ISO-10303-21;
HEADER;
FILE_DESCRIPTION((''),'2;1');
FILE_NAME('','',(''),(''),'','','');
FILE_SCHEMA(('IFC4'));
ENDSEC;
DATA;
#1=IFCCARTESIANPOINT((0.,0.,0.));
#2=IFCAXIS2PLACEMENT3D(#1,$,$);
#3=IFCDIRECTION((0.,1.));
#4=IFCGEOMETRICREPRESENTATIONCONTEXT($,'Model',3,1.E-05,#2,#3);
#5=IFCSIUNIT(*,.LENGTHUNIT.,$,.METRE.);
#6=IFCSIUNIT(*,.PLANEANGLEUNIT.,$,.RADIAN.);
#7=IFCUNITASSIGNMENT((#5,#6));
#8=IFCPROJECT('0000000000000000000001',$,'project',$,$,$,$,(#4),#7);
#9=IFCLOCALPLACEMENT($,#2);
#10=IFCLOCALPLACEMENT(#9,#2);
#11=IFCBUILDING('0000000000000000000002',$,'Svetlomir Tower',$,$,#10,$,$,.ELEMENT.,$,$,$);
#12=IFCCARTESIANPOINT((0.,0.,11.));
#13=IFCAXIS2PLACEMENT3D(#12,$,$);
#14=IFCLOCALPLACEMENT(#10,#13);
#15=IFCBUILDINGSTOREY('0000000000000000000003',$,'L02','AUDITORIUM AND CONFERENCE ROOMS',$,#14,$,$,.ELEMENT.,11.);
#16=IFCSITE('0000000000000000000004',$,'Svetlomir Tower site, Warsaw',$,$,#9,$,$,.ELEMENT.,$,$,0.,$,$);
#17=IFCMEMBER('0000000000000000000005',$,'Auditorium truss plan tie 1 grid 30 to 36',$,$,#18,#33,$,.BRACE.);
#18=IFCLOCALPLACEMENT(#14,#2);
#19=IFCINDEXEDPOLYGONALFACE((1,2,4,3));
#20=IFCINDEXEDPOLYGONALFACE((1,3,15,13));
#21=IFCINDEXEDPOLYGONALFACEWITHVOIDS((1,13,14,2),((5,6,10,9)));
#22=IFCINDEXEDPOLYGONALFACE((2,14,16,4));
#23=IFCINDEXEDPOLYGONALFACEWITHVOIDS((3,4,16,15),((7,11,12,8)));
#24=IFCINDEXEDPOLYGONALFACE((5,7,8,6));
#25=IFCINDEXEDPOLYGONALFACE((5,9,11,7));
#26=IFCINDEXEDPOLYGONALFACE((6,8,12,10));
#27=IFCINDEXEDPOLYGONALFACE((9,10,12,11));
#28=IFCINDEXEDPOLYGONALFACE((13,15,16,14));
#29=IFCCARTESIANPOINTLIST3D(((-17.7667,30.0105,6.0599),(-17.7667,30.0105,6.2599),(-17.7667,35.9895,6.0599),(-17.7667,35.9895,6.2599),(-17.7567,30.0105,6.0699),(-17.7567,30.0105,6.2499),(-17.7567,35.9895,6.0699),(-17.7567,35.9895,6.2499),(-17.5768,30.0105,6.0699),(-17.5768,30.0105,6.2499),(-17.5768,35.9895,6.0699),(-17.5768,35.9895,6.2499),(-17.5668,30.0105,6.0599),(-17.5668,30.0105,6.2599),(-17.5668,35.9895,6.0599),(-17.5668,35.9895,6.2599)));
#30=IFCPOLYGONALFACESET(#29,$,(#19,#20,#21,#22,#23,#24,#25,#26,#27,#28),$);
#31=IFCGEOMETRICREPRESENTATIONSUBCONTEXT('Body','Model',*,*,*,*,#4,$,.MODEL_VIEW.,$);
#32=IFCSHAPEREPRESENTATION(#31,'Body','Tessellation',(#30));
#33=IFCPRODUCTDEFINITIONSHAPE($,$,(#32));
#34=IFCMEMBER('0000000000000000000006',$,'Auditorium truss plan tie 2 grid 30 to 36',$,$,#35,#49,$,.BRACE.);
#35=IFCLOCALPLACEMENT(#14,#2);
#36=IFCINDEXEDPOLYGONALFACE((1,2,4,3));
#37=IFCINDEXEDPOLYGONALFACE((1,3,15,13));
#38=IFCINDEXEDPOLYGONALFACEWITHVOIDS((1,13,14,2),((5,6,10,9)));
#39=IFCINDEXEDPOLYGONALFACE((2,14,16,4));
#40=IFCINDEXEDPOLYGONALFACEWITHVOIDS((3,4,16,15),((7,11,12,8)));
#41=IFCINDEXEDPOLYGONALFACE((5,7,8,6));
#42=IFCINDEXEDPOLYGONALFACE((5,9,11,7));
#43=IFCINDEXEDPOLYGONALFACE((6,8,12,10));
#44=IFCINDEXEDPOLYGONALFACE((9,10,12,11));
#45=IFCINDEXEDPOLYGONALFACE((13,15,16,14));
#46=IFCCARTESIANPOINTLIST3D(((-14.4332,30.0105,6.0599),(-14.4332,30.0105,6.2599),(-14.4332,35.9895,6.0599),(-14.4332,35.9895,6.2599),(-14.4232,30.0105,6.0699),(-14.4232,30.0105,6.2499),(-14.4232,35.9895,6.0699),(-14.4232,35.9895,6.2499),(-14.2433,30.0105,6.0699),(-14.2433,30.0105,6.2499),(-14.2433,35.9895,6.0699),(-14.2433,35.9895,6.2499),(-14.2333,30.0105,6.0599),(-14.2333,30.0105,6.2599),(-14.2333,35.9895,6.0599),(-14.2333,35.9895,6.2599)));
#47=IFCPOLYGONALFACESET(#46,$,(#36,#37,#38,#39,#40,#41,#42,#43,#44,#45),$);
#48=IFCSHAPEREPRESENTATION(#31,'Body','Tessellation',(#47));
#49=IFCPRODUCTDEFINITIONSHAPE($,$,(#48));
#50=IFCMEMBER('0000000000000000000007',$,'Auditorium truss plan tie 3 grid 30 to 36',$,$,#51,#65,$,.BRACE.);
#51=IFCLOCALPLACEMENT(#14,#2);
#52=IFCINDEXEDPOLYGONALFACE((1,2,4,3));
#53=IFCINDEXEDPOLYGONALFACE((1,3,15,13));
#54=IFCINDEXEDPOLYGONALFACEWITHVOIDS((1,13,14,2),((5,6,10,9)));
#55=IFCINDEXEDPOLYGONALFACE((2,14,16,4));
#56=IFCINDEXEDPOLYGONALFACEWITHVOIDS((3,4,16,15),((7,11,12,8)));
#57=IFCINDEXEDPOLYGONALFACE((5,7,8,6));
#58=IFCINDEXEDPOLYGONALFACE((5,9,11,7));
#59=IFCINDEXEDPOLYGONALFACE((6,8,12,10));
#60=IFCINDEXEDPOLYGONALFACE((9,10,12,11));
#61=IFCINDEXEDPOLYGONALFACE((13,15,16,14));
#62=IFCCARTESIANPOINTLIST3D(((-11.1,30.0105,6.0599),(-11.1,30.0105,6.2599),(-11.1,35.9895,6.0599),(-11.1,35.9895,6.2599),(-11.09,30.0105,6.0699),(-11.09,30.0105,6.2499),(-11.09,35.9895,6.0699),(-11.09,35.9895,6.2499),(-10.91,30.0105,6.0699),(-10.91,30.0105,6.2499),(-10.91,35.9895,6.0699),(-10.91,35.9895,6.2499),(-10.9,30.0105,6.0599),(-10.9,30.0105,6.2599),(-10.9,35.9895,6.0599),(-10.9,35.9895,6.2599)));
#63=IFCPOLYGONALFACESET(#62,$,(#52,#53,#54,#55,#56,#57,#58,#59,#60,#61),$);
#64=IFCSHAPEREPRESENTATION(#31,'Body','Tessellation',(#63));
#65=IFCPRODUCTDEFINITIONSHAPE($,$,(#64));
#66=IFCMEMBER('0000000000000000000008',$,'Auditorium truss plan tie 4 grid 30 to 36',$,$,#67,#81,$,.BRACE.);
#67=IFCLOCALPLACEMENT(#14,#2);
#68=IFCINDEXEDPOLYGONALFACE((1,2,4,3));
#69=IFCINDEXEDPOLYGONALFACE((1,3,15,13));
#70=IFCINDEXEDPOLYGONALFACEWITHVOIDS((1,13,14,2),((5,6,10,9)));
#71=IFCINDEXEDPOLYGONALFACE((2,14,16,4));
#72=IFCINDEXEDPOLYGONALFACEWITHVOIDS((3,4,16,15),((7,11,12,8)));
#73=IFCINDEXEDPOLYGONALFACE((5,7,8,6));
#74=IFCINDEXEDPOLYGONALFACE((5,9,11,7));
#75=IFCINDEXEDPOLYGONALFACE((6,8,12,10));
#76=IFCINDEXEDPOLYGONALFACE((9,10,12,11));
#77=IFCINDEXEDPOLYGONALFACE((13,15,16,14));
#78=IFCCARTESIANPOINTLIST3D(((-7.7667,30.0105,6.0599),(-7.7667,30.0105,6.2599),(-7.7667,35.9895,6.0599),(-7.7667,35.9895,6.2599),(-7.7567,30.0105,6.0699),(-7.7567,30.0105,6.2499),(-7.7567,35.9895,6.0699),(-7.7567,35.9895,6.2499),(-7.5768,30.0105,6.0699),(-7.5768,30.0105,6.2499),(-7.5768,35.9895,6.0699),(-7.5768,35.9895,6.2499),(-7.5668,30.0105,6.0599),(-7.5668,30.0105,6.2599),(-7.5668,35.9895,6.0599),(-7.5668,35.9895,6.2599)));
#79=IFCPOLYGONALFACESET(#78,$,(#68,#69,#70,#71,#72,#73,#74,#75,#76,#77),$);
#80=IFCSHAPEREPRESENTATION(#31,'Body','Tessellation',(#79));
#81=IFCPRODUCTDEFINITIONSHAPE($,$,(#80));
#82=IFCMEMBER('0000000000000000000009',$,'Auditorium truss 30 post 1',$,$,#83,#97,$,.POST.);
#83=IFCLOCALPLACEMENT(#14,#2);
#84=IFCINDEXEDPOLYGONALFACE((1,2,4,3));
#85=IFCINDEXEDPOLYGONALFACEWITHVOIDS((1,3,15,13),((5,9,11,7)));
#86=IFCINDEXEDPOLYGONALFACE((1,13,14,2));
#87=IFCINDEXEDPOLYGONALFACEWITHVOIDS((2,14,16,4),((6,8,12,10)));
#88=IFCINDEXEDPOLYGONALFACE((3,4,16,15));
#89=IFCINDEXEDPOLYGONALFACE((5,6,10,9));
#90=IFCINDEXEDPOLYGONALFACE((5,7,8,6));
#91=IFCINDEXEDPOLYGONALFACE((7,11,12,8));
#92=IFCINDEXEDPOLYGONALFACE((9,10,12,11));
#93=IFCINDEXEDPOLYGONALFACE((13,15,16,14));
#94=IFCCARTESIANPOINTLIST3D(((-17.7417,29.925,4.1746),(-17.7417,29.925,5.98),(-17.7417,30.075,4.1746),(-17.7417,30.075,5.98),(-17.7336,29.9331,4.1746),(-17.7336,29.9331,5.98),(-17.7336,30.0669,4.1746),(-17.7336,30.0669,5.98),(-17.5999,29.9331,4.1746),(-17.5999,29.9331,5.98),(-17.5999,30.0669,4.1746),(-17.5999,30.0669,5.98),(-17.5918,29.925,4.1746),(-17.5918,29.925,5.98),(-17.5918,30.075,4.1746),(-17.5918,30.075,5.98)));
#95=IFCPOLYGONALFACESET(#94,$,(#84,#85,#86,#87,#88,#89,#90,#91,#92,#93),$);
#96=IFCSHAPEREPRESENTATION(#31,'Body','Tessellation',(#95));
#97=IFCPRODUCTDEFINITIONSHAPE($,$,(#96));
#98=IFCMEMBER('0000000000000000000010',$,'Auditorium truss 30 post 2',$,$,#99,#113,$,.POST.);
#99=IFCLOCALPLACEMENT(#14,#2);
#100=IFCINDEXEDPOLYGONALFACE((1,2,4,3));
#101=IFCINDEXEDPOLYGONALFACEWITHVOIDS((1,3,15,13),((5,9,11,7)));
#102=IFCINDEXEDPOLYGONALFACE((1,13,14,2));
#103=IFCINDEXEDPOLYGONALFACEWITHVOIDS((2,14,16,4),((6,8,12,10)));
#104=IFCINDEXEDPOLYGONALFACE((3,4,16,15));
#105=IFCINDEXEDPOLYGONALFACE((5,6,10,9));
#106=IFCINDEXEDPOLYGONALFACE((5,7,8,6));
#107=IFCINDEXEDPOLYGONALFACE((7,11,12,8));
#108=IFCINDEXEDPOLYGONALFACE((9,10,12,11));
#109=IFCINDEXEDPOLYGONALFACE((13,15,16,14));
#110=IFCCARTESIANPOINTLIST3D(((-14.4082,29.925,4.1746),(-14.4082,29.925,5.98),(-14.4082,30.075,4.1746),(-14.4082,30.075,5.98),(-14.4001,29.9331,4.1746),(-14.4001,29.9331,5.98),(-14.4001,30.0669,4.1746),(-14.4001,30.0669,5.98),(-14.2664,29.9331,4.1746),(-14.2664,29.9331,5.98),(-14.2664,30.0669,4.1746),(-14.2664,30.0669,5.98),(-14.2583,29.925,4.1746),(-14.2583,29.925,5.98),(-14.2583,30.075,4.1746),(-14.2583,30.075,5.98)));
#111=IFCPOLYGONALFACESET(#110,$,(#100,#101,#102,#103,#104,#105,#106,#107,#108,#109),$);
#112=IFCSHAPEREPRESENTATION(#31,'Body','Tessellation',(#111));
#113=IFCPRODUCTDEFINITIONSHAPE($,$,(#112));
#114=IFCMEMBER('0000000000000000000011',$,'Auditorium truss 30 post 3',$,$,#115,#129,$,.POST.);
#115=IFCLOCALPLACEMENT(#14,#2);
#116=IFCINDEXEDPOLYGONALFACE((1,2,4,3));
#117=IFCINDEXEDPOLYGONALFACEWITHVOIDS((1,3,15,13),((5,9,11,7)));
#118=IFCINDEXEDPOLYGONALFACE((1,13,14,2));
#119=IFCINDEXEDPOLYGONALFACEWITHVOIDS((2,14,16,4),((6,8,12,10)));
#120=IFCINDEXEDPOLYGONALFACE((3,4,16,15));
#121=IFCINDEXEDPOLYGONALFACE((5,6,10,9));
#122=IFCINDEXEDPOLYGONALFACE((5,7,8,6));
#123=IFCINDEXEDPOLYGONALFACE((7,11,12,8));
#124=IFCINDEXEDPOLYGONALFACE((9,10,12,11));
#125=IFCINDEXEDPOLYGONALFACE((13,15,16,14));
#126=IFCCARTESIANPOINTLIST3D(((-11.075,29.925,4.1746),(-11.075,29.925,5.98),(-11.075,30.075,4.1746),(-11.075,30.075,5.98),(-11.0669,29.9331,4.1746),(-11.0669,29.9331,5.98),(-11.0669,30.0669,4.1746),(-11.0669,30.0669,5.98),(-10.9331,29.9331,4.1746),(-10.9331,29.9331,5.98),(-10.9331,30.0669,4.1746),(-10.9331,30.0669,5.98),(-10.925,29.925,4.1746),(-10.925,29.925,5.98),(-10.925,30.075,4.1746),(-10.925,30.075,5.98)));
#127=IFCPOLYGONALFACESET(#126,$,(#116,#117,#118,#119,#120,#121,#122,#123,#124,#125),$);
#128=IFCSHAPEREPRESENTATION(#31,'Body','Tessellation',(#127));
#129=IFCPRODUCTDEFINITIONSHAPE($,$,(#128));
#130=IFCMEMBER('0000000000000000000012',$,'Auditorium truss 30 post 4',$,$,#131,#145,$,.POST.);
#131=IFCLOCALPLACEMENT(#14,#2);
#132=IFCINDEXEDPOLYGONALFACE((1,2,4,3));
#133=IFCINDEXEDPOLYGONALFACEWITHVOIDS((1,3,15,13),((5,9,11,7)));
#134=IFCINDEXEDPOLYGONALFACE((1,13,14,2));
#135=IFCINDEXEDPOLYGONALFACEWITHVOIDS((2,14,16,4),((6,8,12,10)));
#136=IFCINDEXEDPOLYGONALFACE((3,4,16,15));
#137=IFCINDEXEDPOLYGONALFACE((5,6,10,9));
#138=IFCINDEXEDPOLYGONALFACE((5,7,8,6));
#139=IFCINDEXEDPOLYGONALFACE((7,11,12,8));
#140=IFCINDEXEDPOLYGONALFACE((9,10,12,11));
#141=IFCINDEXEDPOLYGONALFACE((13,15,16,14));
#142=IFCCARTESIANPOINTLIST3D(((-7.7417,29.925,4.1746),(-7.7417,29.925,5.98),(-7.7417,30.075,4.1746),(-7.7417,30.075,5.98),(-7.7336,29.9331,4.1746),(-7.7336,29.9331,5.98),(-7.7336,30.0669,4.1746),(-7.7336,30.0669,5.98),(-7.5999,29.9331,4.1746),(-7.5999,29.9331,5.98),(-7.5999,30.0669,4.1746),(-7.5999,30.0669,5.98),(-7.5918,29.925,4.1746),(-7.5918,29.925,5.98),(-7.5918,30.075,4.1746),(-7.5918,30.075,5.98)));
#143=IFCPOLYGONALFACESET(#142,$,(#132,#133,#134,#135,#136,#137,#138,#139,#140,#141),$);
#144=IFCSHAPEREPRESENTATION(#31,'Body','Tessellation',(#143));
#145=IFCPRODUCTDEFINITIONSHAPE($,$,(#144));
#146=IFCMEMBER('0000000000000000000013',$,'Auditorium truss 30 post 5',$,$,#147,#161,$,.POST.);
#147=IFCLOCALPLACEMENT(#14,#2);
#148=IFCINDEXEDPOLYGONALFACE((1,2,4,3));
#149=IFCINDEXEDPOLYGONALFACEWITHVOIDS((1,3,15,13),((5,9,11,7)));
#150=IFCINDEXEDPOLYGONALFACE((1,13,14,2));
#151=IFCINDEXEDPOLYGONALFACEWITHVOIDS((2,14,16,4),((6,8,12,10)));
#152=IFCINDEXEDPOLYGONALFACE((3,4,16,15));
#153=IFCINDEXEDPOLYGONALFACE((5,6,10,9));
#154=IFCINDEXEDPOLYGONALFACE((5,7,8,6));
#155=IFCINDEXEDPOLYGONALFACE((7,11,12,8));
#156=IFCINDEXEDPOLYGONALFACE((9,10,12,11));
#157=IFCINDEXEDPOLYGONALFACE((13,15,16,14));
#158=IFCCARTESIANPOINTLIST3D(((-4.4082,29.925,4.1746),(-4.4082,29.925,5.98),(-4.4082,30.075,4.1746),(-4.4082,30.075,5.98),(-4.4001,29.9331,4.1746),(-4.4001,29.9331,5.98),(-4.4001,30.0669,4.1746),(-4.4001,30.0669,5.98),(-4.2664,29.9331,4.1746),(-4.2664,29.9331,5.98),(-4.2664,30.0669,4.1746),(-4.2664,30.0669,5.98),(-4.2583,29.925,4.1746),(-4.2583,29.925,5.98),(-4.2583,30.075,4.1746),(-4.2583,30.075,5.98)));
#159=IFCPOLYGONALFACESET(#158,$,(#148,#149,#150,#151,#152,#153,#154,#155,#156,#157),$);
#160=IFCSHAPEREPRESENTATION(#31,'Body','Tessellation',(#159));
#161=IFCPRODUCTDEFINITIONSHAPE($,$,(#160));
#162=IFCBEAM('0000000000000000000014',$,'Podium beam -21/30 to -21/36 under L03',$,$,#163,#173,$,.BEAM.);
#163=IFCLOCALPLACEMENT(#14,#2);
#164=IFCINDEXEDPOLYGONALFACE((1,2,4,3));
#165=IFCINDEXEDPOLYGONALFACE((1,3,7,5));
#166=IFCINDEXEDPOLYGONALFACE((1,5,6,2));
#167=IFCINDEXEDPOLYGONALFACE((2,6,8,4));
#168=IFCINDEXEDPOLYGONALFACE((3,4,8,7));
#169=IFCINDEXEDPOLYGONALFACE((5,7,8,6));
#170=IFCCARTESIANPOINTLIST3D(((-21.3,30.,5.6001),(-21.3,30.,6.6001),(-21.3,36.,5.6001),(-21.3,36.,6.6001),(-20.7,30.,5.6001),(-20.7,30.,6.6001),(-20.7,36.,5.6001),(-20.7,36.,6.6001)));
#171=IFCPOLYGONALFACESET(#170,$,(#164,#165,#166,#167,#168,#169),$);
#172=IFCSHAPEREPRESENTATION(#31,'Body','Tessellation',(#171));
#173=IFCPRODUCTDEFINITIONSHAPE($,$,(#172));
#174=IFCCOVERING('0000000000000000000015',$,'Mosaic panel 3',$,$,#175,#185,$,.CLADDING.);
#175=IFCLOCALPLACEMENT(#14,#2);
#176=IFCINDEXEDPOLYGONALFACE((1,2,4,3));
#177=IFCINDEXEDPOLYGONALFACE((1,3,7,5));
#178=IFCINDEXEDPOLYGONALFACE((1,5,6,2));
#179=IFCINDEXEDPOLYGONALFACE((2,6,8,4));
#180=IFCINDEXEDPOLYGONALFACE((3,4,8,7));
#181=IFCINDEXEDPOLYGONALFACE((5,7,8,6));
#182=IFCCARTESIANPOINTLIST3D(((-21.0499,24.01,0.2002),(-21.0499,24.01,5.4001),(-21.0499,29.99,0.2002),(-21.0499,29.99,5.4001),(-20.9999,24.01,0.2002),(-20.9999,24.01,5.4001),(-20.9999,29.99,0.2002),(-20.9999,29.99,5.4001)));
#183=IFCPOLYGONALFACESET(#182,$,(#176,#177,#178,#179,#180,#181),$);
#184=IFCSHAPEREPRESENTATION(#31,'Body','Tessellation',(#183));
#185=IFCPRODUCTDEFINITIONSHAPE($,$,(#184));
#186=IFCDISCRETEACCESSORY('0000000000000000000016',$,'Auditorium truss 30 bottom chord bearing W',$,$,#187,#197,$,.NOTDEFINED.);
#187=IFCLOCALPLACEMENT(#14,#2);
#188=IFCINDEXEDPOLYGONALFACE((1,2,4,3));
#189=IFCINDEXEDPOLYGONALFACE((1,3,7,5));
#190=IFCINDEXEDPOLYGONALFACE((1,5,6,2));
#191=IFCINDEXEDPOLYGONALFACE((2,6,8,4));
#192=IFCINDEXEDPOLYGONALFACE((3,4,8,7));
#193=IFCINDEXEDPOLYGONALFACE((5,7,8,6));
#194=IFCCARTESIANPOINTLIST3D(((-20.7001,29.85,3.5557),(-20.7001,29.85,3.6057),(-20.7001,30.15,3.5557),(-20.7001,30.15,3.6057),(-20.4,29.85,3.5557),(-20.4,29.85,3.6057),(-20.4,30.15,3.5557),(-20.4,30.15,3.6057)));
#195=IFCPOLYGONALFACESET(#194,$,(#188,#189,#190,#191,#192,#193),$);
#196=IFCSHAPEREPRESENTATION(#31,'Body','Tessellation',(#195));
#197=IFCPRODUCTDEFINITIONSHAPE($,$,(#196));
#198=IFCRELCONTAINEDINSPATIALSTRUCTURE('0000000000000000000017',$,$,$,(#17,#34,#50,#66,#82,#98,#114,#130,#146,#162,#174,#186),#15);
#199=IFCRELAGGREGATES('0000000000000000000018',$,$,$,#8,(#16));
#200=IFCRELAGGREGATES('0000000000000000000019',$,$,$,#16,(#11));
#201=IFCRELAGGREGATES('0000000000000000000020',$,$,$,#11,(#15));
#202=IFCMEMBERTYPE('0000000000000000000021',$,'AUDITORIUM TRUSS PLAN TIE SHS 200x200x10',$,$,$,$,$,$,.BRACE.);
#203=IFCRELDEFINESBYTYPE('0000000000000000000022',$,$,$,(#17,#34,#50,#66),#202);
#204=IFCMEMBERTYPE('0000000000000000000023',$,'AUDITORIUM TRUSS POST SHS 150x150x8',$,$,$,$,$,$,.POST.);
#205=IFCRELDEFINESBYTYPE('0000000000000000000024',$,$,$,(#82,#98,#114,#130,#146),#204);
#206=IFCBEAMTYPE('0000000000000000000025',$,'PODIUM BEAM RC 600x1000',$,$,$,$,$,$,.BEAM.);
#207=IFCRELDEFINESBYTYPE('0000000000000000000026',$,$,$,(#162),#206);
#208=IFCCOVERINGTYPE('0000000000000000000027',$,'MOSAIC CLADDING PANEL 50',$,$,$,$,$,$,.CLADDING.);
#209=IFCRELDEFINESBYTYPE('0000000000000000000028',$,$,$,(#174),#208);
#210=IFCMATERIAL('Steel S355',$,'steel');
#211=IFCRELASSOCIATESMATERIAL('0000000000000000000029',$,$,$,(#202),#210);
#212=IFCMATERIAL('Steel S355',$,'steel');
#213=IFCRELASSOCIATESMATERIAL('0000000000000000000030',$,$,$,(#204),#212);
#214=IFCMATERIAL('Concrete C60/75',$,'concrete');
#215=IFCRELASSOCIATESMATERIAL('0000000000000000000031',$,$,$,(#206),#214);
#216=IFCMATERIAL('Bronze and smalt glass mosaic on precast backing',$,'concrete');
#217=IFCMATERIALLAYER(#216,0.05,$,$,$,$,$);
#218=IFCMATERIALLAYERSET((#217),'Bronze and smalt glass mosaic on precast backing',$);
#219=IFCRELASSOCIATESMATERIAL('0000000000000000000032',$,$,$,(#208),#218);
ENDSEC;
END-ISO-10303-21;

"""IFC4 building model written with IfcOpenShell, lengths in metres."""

from ifc_helpers import new_model, si_unit, direction, frame, origin, origin_2d, place, context, subcontext, project, spatial, rectangle, hollow_rectangle, extrude, material, layer, layer_set, material_profile, profile_set, type_object, element, save


model = new_model("IFC4")

# Units and contexts
model_context = context("Model", 3, precision=1e-05, world=origin(), true_north=direction((0.0, 1.0)))
body_context = subcontext(model_context, "Body", "Model", "MODEL_VIEW")
ifc_project = project(units=[si_unit("LENGTHUNIT", "METRE"), si_unit("PLANEANGLEUNIT", "RADIAN")], contexts=[model_context])

# Site, building, storey
site_placement = place(None, origin())
site = spatial("IfcSite", under=ifc_project, at=site_placement, Name="Svetlomir Tower site, Warsaw", CompositionType="ELEMENT", RefElevation=0.0)
building_placement = place(site_placement, origin())
building = spatial("IfcBuilding", under=site, at=building_placement, Name="Svetlomir Tower", CompositionType="ELEMENT")
storey_placement = place(building_placement, frame((0.0, 0.0, 11.0)))
storey = spatial("IfcBuildingStorey", under=building, at=storey_placement, Name="L02", Description="AUDITORIUM AND CONFERENCE ROOMS", CompositionType="ELEMENT", Elevation=11.0)

# Members
ifc_material_1 = material(Name="Steel S355", Category="steel")
ifc_material_profile_1 = material_profile(ifc_material_1, hollow_rectangle(XDim=0.2, YDim=0.2, WallThickness=0.01, at=origin_2d()), Name="SHS 200x200x10")
ifc_profile_set_1 = profile_set([ifc_material_profile_1], Name="Steel S355")
member_type_1 = type_object("IfcMemberType", Name="AUDITORIUM TRUSS PLAN TIE SHS 200x200x10", PredefinedType="BRACE", material=ifc_profile_set_1)
for number, where, z_axis, x_axis, name in (
    (1, (-17.6667, 30.0105, 6.1599), (0.0, 1.0, 0.0), (-1.0, 0.0, 0.0), "Auditorium truss plan tie 1 grid 30 to 36"),
    (2, (-14.3333, 30.0105, 6.1599), (0.0, 1.0, 0.0), (-1.0, 0.0, 0.0), "Auditorium truss plan tie 2 grid 30 to 36"),
    (3, (-11.0, 30.0105, 6.1599), (0.0, 1.0, 0.0), (-1.0, 0.0, 0.0), "Auditorium truss plan tie 3 grid 30 to 36"),
    (4, (-7.6667, 30.0105, 6.1599), (0.0, 1.0, 0.0), (-1.0, 0.0, 0.0), "Auditorium truss plan tie 4 grid 30 to 36"),
):
    element("IfcMember", number, at=place(storey_placement, frame(where, z_axis=z_axis, x_axis=x_axis)), inside=storey, type_object=member_type_1, Name=name, PredefinedType="BRACE", context=body_context, shape_type="SweptSolid", body=[
        extrude(hollow_rectangle(XDim=0.2, YDim=0.2, WallThickness=0.01, at=origin_2d()), origin(), (0.0, 0.0, 1.0), 5.979),
    ])
ifc_material_2 = material(Name="Steel S355", Category="steel")
ifc_material_profile_2 = material_profile(ifc_material_2, hollow_rectangle(XDim=0.1499, YDim=0.1499, WallThickness=0.0081, at=origin_2d()), Name="SHS 150x150x8")
ifc_profile_set_2 = profile_set([ifc_material_profile_2], Name="Steel S355")
member_type_2 = type_object("IfcMemberType", Name="AUDITORIUM TRUSS POST SHS 150x150x8", PredefinedType="POST", material=ifc_profile_set_2)
for number, where, z_axis, x_axis, name in (
    (5, (-17.6667, 30.0, 4.1746), (0.0, 0.0, 1.0), (1.0, 0.0, 0.0), "Auditorium truss 30 post 1"),
    (6, (-14.3333, 30.0, 4.1746), (0.0, 0.0, 1.0), (1.0, 0.0, 0.0), "Auditorium truss 30 post 2"),
    (7, (-11.0, 30.0, 4.1746), (0.0, 0.0, 1.0), (1.0, 0.0, 0.0), "Auditorium truss 30 post 3"),
    (8, (-7.6667, 30.0, 4.1746), (0.0, 0.0, 1.0), (1.0, 0.0, 0.0), "Auditorium truss 30 post 4"),
    (9, (-4.3333, 30.0, 4.1746), (0.0, 0.0, 1.0), (1.0, 0.0, 0.0), "Auditorium truss 30 post 5"),
):
    element("IfcMember", number, at=place(storey_placement, frame(where, z_axis=z_axis, x_axis=x_axis)), inside=storey, type_object=member_type_2, Name=name, PredefinedType="POST", context=body_context, shape_type="SweptSolid", body=[
        extrude(hollow_rectangle(XDim=0.1499, YDim=0.1499, WallThickness=0.0081, at=origin_2d()), origin(), (0.0, 0.0, 1.0), 1.8054),
    ])

# Beam
ifc_material_3 = material(Name="Concrete C60/75", Category="concrete")
ifc_material_profile_3 = material_profile(ifc_material_3, rectangle(XDim=0.6001, YDim=1.0, at=origin_2d()), Name="RC 600x1000")
ifc_profile_set_3 = profile_set([ifc_material_profile_3], Name="Concrete C60/75")
beam_type = type_object("IfcBeamType", Name="PODIUM BEAM RC 600x1000", PredefinedType="BEAM", material=ifc_profile_set_3)
beam_placement = place(storey_placement, frame((-21.0, 30.0, 6.1001), z_axis=(0.0, 1.0, 0.0), x_axis=(-1.0, 0.0, 0.0)))
element("IfcBeam", 10, at=beam_placement, inside=storey, type_object=beam_type, Name="Podium beam -21/30 to -21/36 under L03", PredefinedType="BEAM", context=body_context, shape_type="SweptSolid", body=[
    extrude(rectangle(XDim=0.6001, YDim=1.0, at=origin_2d()), origin(), (0.0, 0.0, 1.0), 6.0),
])

# Covering
ifc_material_4 = material(Name="Bronze and smalt glass mosaic on precast backing", Category="concrete")
ifc_layer = layer(ifc_material_4, 0.05)
ifc_layer_set = layer_set([ifc_layer], Name="Bronze and smalt glass mosaic on precast backing")
covering_type = type_object("IfcCoveringType", Name="MOSAIC CLADDING PANEL 50", PredefinedType="CLADDING", material=ifc_layer_set)
covering_placement = place(storey_placement, frame((-21.0249, 27.0, 0.2002), z_axis=(0.0, 0.0, 1.0), x_axis=(1.0, 0.0, 0.0)))
element("IfcCovering", 11, at=covering_placement, inside=storey, type_object=covering_type, Name="Mosaic panel 3", PredefinedType="CLADDING", context=body_context, shape_type="SweptSolid", body=[
    extrude(rectangle(XDim=0.05, YDim=5.98, at=origin_2d()), origin(), (0.0, 0.0, 1.0), 5.2),
])

# Discrete accessory
discrete_accessory_placement = place(storey_placement, frame((-20.55, 30.0, 3.5557), z_axis=(0.0, 0.0, 1.0), x_axis=(1.0, 0.0, 0.0)))
element("IfcDiscreteAccessory", 12, at=discrete_accessory_placement, inside=storey, Name="Auditorium truss 30 bottom chord bearing W", PredefinedType="NOTDEFINED", context=body_context, shape_type="SweptSolid", body=[
    extrude(rectangle(XDim=0.3, YDim=0.3, at=origin_2d()), origin(), (0.0, 0.0, 1.0), 0.05),
])

save(model, "model.ifc")
